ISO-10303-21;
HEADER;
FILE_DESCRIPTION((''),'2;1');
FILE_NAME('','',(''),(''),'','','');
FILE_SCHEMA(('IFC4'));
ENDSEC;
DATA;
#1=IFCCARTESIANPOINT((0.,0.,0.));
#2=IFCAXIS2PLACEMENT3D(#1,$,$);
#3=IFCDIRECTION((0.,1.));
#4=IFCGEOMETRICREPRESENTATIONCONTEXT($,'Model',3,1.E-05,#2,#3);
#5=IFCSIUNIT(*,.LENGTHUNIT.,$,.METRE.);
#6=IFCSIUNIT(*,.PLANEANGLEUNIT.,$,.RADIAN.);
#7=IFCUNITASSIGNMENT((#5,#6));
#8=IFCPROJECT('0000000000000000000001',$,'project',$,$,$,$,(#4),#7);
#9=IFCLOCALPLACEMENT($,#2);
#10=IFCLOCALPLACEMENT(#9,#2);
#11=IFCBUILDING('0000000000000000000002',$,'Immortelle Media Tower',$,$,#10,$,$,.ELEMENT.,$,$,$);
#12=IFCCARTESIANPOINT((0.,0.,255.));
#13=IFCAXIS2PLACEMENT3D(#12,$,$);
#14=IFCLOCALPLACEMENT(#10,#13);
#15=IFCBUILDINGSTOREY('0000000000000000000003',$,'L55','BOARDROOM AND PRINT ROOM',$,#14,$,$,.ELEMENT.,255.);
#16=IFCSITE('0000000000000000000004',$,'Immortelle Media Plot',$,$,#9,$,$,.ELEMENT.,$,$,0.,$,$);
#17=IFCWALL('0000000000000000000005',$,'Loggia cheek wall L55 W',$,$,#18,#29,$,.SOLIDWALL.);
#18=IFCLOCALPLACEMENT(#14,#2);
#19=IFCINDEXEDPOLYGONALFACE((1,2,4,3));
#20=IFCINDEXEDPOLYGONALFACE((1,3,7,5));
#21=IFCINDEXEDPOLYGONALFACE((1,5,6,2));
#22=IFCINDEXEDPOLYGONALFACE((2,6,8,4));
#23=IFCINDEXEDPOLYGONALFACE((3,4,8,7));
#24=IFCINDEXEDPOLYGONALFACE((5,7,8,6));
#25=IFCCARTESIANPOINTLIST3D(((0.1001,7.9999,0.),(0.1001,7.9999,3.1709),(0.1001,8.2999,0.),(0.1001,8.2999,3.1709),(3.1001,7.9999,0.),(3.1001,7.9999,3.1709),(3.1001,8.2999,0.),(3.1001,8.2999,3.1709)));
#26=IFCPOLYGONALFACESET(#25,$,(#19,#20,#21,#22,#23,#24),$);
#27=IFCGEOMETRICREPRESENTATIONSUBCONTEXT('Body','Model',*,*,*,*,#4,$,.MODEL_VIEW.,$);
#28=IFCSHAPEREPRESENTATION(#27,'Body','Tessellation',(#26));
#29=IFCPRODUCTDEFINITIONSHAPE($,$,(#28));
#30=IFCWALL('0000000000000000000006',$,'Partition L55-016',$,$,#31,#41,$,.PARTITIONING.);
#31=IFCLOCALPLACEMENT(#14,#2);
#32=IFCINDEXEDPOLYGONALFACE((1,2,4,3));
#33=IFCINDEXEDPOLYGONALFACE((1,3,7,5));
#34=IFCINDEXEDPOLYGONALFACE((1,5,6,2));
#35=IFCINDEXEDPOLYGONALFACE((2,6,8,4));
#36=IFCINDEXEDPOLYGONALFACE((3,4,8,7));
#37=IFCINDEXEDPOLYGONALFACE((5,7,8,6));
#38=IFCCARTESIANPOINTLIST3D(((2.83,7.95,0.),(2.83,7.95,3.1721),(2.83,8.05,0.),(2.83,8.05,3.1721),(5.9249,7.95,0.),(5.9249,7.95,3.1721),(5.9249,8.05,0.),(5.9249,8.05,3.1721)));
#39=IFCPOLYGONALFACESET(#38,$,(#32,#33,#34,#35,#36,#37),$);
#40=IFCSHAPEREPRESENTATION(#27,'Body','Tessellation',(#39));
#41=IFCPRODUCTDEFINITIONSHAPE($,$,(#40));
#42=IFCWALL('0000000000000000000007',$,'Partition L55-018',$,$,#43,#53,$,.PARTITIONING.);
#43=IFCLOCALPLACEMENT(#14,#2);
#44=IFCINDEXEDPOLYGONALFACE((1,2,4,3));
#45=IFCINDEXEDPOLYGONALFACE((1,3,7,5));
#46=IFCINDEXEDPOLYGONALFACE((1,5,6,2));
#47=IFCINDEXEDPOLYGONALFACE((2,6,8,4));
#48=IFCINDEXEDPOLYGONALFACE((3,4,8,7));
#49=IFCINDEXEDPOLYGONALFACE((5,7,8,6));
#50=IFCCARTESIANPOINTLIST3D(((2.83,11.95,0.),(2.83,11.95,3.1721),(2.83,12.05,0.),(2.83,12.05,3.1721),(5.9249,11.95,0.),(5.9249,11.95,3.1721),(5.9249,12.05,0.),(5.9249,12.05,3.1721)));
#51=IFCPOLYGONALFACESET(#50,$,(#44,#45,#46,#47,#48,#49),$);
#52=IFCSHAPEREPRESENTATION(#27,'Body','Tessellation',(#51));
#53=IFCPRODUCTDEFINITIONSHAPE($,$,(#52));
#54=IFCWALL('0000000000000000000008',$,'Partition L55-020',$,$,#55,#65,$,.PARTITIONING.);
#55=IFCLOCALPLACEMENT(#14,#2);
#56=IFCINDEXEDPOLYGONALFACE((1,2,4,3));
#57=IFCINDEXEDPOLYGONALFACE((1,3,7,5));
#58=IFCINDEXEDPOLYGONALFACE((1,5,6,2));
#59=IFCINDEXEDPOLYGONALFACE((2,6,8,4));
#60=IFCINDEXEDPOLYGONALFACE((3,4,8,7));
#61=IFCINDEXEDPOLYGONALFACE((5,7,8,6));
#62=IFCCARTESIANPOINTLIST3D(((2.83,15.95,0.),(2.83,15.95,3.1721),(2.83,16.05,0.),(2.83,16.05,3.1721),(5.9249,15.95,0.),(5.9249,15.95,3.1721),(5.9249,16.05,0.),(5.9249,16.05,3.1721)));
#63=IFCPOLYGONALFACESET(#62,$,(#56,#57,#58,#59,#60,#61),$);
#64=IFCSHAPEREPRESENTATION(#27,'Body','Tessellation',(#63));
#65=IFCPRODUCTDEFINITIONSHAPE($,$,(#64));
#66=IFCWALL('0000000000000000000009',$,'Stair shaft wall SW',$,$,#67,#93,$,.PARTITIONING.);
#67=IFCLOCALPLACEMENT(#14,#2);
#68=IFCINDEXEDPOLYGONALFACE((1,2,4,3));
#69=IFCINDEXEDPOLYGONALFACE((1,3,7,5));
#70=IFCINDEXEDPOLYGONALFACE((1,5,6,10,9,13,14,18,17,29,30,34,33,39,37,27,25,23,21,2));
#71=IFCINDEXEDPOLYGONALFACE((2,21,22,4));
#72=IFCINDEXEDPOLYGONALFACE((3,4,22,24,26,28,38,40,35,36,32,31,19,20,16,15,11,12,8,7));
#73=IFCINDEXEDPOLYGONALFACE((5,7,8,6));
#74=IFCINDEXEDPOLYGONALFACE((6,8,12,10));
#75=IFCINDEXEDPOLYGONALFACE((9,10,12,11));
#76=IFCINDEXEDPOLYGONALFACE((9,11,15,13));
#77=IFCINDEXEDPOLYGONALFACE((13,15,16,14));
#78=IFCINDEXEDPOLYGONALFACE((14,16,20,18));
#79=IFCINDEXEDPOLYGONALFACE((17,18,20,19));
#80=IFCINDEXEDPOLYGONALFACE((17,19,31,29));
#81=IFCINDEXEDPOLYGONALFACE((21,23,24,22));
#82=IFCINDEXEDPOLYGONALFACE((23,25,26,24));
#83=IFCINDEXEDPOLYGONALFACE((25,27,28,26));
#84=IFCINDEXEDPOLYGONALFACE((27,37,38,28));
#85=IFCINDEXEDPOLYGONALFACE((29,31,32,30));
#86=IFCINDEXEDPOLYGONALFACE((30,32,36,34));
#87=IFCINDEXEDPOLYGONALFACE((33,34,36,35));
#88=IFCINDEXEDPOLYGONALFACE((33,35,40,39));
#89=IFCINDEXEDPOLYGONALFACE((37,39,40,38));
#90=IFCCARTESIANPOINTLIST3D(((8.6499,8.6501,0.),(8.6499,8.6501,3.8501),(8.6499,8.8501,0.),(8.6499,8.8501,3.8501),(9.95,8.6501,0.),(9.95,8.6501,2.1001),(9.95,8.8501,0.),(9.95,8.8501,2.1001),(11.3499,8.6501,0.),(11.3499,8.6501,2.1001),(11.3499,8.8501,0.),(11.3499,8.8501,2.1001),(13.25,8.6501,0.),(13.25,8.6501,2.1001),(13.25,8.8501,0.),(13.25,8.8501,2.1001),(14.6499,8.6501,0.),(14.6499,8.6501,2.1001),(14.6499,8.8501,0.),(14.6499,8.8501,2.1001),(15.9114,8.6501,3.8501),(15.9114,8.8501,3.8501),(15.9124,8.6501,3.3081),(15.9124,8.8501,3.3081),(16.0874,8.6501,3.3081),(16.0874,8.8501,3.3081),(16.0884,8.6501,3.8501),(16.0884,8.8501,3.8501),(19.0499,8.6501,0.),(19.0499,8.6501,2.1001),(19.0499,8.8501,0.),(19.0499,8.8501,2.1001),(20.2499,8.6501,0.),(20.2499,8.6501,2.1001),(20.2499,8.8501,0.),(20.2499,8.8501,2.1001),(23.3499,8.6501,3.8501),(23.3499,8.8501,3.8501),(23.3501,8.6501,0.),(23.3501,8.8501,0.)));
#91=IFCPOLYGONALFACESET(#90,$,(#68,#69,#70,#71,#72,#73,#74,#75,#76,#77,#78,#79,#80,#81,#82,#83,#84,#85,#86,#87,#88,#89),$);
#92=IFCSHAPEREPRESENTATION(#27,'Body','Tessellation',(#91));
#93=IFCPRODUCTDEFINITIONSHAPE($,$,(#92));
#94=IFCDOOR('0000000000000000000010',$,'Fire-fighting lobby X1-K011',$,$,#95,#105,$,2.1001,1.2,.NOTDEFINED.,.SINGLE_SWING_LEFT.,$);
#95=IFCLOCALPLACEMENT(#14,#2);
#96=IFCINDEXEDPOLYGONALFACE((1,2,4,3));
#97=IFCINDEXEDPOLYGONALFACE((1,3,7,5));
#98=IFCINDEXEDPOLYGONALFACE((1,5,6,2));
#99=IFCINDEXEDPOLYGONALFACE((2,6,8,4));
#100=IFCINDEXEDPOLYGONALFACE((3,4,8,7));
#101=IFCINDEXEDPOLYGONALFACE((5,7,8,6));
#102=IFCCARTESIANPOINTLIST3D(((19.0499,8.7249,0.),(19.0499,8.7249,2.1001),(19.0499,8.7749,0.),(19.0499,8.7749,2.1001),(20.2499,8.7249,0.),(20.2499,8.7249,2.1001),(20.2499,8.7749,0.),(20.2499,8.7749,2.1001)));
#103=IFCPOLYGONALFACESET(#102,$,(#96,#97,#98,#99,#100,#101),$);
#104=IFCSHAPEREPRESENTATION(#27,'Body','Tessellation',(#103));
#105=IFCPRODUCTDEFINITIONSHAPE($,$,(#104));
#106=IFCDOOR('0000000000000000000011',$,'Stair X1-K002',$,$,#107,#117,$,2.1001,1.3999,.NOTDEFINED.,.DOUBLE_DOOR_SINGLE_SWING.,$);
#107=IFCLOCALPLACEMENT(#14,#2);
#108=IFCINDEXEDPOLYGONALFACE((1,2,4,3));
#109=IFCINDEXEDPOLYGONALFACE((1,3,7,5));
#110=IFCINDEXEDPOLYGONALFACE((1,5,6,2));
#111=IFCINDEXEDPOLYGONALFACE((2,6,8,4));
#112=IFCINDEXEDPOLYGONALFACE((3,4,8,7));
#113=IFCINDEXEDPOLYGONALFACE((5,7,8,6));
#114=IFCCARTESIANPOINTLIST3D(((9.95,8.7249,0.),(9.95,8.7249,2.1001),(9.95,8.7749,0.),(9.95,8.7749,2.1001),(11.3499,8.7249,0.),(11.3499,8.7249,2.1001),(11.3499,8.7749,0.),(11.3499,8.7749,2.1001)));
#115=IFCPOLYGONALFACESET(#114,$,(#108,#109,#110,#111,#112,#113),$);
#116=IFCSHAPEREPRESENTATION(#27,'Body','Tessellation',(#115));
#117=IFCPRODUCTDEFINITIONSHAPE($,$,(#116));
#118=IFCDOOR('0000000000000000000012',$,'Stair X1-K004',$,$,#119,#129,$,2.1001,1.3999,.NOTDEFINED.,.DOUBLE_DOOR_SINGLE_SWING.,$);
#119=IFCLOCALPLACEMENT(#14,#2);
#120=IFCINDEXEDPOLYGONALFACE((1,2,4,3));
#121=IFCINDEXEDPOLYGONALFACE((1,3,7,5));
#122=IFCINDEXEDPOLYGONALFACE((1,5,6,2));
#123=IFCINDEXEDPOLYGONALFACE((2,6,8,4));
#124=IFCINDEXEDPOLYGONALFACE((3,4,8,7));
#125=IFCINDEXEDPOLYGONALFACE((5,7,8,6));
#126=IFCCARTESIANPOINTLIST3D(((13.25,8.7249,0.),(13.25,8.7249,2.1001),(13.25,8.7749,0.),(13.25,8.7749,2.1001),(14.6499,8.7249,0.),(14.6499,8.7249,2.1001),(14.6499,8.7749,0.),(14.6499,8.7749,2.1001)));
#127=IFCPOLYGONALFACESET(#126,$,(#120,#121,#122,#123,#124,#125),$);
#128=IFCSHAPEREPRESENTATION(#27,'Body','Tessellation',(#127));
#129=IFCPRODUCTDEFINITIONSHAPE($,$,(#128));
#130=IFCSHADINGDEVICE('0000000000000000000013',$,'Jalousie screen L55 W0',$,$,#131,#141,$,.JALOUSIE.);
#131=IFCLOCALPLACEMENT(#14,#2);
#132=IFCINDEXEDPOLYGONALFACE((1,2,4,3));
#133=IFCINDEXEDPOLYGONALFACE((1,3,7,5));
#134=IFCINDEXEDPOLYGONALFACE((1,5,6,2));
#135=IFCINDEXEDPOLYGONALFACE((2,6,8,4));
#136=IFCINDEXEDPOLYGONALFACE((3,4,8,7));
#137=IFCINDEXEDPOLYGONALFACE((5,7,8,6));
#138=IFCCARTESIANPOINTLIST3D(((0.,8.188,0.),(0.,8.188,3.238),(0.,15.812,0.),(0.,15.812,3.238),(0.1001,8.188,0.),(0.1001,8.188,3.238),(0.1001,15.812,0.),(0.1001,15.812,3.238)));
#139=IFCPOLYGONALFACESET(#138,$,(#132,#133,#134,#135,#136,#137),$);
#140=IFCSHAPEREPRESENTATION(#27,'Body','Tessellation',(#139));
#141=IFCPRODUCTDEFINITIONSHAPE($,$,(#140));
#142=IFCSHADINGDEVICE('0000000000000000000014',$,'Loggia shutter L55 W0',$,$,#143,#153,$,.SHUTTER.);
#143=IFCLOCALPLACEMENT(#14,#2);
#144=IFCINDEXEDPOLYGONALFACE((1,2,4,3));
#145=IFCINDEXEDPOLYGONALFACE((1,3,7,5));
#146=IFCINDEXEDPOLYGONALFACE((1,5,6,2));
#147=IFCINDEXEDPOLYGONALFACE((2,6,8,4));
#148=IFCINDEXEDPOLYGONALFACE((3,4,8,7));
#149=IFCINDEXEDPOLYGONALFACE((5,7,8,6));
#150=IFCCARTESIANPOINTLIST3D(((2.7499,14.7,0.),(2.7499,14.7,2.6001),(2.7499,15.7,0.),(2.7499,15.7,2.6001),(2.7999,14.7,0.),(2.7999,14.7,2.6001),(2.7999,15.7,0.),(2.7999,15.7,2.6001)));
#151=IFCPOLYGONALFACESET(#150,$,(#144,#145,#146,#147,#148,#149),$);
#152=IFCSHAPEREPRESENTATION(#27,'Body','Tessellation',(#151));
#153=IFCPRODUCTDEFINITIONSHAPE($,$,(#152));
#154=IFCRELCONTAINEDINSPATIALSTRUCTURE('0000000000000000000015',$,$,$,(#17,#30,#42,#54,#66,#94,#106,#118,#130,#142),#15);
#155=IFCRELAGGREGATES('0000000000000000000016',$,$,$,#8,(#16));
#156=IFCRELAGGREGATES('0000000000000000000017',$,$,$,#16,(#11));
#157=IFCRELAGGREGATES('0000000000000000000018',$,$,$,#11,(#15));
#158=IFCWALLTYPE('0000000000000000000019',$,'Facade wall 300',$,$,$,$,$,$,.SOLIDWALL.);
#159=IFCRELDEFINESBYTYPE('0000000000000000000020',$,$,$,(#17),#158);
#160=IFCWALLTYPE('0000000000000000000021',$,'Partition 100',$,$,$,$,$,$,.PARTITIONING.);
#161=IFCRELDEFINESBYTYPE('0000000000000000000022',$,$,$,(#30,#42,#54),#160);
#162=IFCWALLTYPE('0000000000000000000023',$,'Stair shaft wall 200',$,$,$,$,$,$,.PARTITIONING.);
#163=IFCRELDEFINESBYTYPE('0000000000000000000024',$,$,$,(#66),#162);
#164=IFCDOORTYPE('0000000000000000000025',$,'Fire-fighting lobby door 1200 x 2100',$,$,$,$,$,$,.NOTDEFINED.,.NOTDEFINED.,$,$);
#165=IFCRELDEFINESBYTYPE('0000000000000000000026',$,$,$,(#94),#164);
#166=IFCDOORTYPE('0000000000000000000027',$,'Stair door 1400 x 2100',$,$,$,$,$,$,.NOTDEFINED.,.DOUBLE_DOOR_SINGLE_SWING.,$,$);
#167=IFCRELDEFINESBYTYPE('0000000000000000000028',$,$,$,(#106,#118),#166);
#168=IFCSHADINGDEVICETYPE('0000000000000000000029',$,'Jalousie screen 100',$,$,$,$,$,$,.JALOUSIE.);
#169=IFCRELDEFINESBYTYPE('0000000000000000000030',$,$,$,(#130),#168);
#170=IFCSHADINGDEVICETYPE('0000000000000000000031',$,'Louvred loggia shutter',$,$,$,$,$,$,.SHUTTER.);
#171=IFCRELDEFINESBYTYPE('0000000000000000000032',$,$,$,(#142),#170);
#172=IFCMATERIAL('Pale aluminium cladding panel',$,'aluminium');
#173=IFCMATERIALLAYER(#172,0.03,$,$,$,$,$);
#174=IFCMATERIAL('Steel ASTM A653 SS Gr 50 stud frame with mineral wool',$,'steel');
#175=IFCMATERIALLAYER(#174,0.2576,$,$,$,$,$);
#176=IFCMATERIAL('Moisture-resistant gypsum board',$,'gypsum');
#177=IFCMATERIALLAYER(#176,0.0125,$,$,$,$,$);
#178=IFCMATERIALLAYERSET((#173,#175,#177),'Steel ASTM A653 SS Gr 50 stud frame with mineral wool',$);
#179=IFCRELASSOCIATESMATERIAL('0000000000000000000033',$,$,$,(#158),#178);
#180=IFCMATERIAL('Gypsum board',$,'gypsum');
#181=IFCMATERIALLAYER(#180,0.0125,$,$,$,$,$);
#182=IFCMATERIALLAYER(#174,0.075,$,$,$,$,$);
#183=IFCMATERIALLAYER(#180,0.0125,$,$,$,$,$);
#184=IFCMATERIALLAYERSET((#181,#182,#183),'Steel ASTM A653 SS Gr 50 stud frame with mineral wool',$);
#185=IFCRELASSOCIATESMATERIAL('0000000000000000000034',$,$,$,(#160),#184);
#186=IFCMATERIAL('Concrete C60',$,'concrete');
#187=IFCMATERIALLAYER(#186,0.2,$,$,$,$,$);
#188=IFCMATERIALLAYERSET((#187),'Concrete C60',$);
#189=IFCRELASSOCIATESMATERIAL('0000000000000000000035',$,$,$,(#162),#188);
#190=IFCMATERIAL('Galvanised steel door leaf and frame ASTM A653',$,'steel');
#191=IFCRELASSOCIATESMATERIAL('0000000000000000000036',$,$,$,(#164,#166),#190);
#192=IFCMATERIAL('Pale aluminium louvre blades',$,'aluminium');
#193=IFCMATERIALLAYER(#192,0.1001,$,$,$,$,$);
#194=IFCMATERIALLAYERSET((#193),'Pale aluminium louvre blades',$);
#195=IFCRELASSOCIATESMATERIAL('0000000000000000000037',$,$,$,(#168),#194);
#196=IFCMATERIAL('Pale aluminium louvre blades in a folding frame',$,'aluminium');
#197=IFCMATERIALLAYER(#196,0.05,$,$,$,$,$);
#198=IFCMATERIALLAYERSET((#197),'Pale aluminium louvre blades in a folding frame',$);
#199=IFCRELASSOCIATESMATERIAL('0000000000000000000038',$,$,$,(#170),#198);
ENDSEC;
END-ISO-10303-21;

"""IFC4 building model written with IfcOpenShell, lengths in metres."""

from ifc_helpers import new_model, si_unit, direction, frame, frame_2d, origin, origin_2d, place, context, subcontext, project, spatial, polyline, rectangle, outline, extrude, material, layer, layer_set, type_object, element, fill, save


model = new_model("IFC4")

# Units and contexts
model_context = context("Model", 3, precision=1e-05, world=origin(), true_north=direction((0.0, 1.0)))
body_context = subcontext(model_context, "Body", "Model", "MODEL_VIEW")
ifc_project = project(units=[si_unit("LENGTHUNIT", "METRE"), si_unit("PLANEANGLEUNIT", "RADIAN")], contexts=[model_context])

# Site, building, storey
site_placement = place(None, origin())
site = spatial("IfcSite", under=ifc_project, at=site_placement, Name="Immortelle Media Plot", CompositionType="ELEMENT", RefElevation=0.0)
building_placement = place(site_placement, origin())
building = spatial("IfcBuilding", under=site, at=building_placement, Name="Immortelle Media Tower", CompositionType="ELEMENT")
storey_placement = place(building_placement, frame((0.0, 0.0, 255.0)))
storey = spatial("IfcBuildingStorey", under=building, at=storey_placement, Name="L55", Description="BOARDROOM AND PRINT ROOM", CompositionType="ELEMENT", Elevation=255.0)

# Shared definitions
ifc_material_1 = material(Name="Pale aluminium cladding panel", Category="aluminium")
ifc_layer_1 = layer(ifc_material_1, 0.03)
ifc_material_2 = material(Name="Steel ASTM A653 SS Gr 50 stud frame with mineral wool", Category="steel")
ifc_layer_2 = layer(ifc_material_2, 0.2576)
ifc_material_3 = material(Name="Moisture-resistant gypsum board", Category="gypsum")
ifc_layer_3 = layer(ifc_material_3, 0.0125)
ifc_layer_set_1 = layer_set([ifc_layer_1, ifc_layer_2, ifc_layer_3], Name="Steel ASTM A653 SS Gr 50 stud frame with mineral wool")
wall_type_1 = type_object("IfcWallType", Name="Facade wall 300", PredefinedType="SOLIDWALL", material=ifc_layer_set_1)

# Walls
for number, where, z_axis, x_axis, name in (
    (1, (0.1001, 8.1499, 0.0), (0.0, 0.0, 1.0), (1.0, 0.0, 0.0), "Loggia cheek wall L55 W"),
):
    element("IfcWall", number, at=place(storey_placement, frame(where, z_axis=z_axis, x_axis=x_axis)), inside=storey, type_object=wall_type_1, Name=name, PredefinedType="SOLIDWALL", context=body_context, shape_type="SweptSolid", body=[
        extrude(rectangle(XDim=3.0, YDim=0.3, at=frame_2d((1.5, 0.0))), origin(), (0.0, 0.0, 1.0), 3.1709),
    ])
ifc_material_4 = material(Name="Gypsum board", Category="gypsum")
ifc_layer_4 = layer(ifc_material_4, 0.0125)
ifc_layer_5 = layer(ifc_material_2, 0.075)
ifc_layer_6 = layer(ifc_material_4, 0.0125)
ifc_layer_set_2 = layer_set([ifc_layer_4, ifc_layer_5, ifc_layer_6], Name="Steel ASTM A653 SS Gr 50 stud frame with mineral wool")
wall_type_2 = type_object("IfcWallType", Name="Partition 100", PredefinedType="PARTITIONING", material=ifc_layer_set_2)
for number, where, z_axis, x_axis, name in (
    (2, (2.8301, 8.0, 0.0), (0.0, 0.0, 1.0), (1.0, 0.0, 0.0), "Partition L55-016"),
    (3, (2.8301, 12.0, 0.0), (0.0, 0.0, 1.0), (1.0, 0.0, 0.0), "Partition L55-018"),
    (4, (2.8301, 16.0, 0.0), (0.0, 0.0, 1.0), (1.0, 0.0, 0.0), "Partition L55-020"),
):
    element("IfcWall", number, at=place(storey_placement, frame(where, z_axis=z_axis, x_axis=x_axis)), inside=storey, type_object=wall_type_2, Name=name, PredefinedType="PARTITIONING", context=body_context, shape_type="SweptSolid", body=[
        extrude(rectangle(XDim=3.095, YDim=0.1001, at=frame_2d((1.5474, 0.0))), origin(), (0.0, 0.0, 1.0), 3.1721),
    ])

# Wall, openings, doors
ifc_material_5 = material(Name="Concrete C60", Category="concrete")
ifc_layer_7 = layer(ifc_material_5, 0.2)
ifc_layer_set_3 = layer_set([ifc_layer_7], Name="Concrete C60")
wall_type_3 = type_object("IfcWallType", Name="Stair shaft wall 200", PredefinedType="PARTITIONING", material=ifc_layer_set_3)
wall_1_placement = place(storey_placement, frame((8.6499, 8.75, 0.0), z_axis=(0.0, 0.0, 1.0), x_axis=(1.0, 0.0, 0.0)))
wall_1 = element("IfcWall", 5, at=wall_1_placement, inside=storey, type_object=wall_type_3, Name="Stair shaft wall SW", PredefinedType="PARTITIONING", context=body_context, shape_type="SweptSolid", body=[
    extrude(outline(polyline([(0.0, 0.0), (14.7002, 0.0), (14.7, 3.8501), (7.4385, 3.8501), (7.4375, 3.3081), (7.2625, 3.3081), (7.2615, 3.8501), (0.0, 3.8501), (0.0, 0.0)])), frame((0.0, 0.1001, 0.0), z_axis=(0.0, -1.0, 0.0), x_axis=(1.0, 0.0, 0.0)), (0.0, 0.0, 1.0), 0.2),
])
opening_1_placement = place(wall_1_placement, frame((1.3, 0.0, 0.0)))
opening_1 = element("IfcOpeningElement", 6, at=opening_1_placement, cuts=wall_1, PredefinedType="OPENING", context=body_context, shape_type="SweptSolid", body=[
    extrude(rectangle(XDim=1.3999, YDim=2.1001, at=frame_2d((0.7, 1.05))), frame((0.0, 0.1099, 0.0), z_axis=(0.0, -1.0, 0.0), x_axis=(1.0, 0.0, 0.0)), (0.0, 0.0, 1.0), 0.22),
])
opening_2_placement = place(wall_1_placement, frame((4.6001, 0.0, 0.0)))
opening_2 = element("IfcOpeningElement", 7, at=opening_2_placement, cuts=wall_1, PredefinedType="OPENING", context=body_context, shape_type="SweptSolid", body=[
    extrude(rectangle(XDim=1.3999, YDim=2.1001, at=frame_2d((0.7, 1.05))), frame((0.0, 0.1099, 0.0), z_axis=(0.0, -1.0, 0.0), x_axis=(1.0, 0.0, 0.0)), (0.0, 0.0, 1.0), 0.22),
])
opening_3_placement = place(wall_1_placement, frame((10.3999, 0.0, 0.0)))
opening_3 = element("IfcOpeningElement", 8, at=opening_3_placement, cuts=wall_1, PredefinedType="OPENING", context=body_context, shape_type="SweptSolid", body=[
    extrude(rectangle(XDim=1.2, YDim=2.1001, at=frame_2d((0.6001, 1.05))), frame((0.0, 0.1099, 0.0), z_axis=(0.0, -1.0, 0.0), x_axis=(1.0, 0.0, 0.0)), (0.0, 0.0, 1.0), 0.22),
])
ifc_material_6 = material(Name="Galvanised steel door leaf and frame ASTM A653", Category="steel")
door_type_1 = type_object("IfcDoorType", Name="Fire-fighting lobby door 1200 x 2100", OperationType="NOTDEFINED", PredefinedType="NOTDEFINED", material=ifc_material_6)
door_1_placement = place(opening_3_placement, origin())
door_1 = element("IfcDoor", 9, at=door_1_placement, inside=storey, type_object=door_type_1, Name="Fire-fighting lobby X1-K011", OperationType="SINGLE_SWING_LEFT", OverallHeight=2.1001, OverallWidth=1.2, PredefinedType="NOTDEFINED", context=body_context, shape_type="SweptSolid", body=[
    extrude(rectangle(XDim=1.2, YDim=2.1001, at=frame_2d((0.6001, 1.05))), frame((0.0, 0.0249, 0.0), z_axis=(0.0, -1.0, 0.0), x_axis=(1.0, 0.0, 0.0)), (0.0, 0.0, 1.0), 0.05),
])
fill(opening_3, door_1)
door_type_2 = type_object("IfcDoorType", Name="Stair door 1400 x 2100", OperationType="DOUBLE_DOOR_SINGLE_SWING", PredefinedType="NOTDEFINED", material=ifc_material_6)
door_2_placement = place(opening_1_placement, origin())
door_2 = element("IfcDoor", 10, at=door_2_placement, inside=storey, type_object=door_type_2, Name="Stair X1-K002", OperationType="DOUBLE_DOOR_SINGLE_SWING", OverallHeight=2.1001, OverallWidth=1.3999, PredefinedType="NOTDEFINED", context=body_context, shape_type="SweptSolid", body=[
    extrude(rectangle(XDim=1.3999, YDim=2.1001, at=frame_2d((0.7, 1.05))), frame((0.0, 0.0249, 0.0), z_axis=(0.0, -1.0, 0.0), x_axis=(1.0, 0.0, 0.0)), (0.0, 0.0, 1.0), 0.05),
])
fill(opening_1, door_2)
door_3_placement = place(opening_2_placement, origin())
door_3 = element("IfcDoor", 11, at=door_3_placement, inside=storey, type_object=door_type_2, Name="Stair X1-K004", OperationType="DOUBLE_DOOR_SINGLE_SWING", OverallHeight=2.1001, OverallWidth=1.3999, PredefinedType="NOTDEFINED", context=body_context, shape_type="SweptSolid", body=[
    extrude(rectangle(XDim=1.3999, YDim=2.1001, at=frame_2d((0.7, 1.05))), frame((0.0, 0.0249, 0.0), z_axis=(0.0, -1.0, 0.0), x_axis=(1.0, 0.0, 0.0)), (0.0, 0.0, 1.0), 0.05),
])
fill(opening_2, door_3)

# Shading devices
ifc_material_7 = material(Name="Pale aluminium louvre blades", Category="aluminium")
ifc_layer_8 = layer(ifc_material_7, 0.1001)
ifc_layer_set_4 = layer_set([ifc_layer_8], Name="Pale aluminium louvre blades")
shading_device_type_1 = type_object("IfcShadingDeviceType", Name="Jalousie screen 100", PredefinedType="JALOUSIE", material=ifc_layer_set_4)
shading_device_1_placement = place(storey_placement, frame((0.05, 12.0, 0.0), z_axis=(0.0, 0.0, 1.0), x_axis=(0.0, -1.0, 0.0)))
element("IfcShadingDevice", 12, at=shading_device_1_placement, inside=storey, type_object=shading_device_type_1, Name="Jalousie screen L55 W0", PredefinedType="JALOUSIE", context=body_context, shape_type="SweptSolid", body=[
    extrude(rectangle(XDim=7.624, YDim=0.1001, at=origin_2d()), origin(), (0.0, 0.0, 1.0), 3.238),
])
ifc_material_8 = material(Name="Pale aluminium louvre blades in a folding frame", Category="aluminium")
ifc_layer_9 = layer(ifc_material_8, 0.05)
ifc_layer_set_5 = layer_set([ifc_layer_9], Name="Pale aluminium louvre blades in a folding frame")
shading_device_type_2 = type_object("IfcShadingDeviceType", Name="Louvred loggia shutter", PredefinedType="SHUTTER", material=ifc_layer_set_5)
shading_device_2_placement = place(storey_placement, frame((2.7749, 15.2, 0.0), z_axis=(0.0, 0.0, 1.0), x_axis=(0.0, -1.0, 0.0)))
element("IfcShadingDevice", 13, at=shading_device_2_placement, inside=storey, type_object=shading_device_type_2, Name="Loggia shutter L55 W0", PredefinedType="SHUTTER", context=body_context, shape_type="SweptSolid", body=[
    extrude(rectangle(XDim=1.0, YDim=0.05, at=origin_2d()), origin(), (0.0, 0.0, 1.0), 2.6001),
])

save(model, "model.ifc")
